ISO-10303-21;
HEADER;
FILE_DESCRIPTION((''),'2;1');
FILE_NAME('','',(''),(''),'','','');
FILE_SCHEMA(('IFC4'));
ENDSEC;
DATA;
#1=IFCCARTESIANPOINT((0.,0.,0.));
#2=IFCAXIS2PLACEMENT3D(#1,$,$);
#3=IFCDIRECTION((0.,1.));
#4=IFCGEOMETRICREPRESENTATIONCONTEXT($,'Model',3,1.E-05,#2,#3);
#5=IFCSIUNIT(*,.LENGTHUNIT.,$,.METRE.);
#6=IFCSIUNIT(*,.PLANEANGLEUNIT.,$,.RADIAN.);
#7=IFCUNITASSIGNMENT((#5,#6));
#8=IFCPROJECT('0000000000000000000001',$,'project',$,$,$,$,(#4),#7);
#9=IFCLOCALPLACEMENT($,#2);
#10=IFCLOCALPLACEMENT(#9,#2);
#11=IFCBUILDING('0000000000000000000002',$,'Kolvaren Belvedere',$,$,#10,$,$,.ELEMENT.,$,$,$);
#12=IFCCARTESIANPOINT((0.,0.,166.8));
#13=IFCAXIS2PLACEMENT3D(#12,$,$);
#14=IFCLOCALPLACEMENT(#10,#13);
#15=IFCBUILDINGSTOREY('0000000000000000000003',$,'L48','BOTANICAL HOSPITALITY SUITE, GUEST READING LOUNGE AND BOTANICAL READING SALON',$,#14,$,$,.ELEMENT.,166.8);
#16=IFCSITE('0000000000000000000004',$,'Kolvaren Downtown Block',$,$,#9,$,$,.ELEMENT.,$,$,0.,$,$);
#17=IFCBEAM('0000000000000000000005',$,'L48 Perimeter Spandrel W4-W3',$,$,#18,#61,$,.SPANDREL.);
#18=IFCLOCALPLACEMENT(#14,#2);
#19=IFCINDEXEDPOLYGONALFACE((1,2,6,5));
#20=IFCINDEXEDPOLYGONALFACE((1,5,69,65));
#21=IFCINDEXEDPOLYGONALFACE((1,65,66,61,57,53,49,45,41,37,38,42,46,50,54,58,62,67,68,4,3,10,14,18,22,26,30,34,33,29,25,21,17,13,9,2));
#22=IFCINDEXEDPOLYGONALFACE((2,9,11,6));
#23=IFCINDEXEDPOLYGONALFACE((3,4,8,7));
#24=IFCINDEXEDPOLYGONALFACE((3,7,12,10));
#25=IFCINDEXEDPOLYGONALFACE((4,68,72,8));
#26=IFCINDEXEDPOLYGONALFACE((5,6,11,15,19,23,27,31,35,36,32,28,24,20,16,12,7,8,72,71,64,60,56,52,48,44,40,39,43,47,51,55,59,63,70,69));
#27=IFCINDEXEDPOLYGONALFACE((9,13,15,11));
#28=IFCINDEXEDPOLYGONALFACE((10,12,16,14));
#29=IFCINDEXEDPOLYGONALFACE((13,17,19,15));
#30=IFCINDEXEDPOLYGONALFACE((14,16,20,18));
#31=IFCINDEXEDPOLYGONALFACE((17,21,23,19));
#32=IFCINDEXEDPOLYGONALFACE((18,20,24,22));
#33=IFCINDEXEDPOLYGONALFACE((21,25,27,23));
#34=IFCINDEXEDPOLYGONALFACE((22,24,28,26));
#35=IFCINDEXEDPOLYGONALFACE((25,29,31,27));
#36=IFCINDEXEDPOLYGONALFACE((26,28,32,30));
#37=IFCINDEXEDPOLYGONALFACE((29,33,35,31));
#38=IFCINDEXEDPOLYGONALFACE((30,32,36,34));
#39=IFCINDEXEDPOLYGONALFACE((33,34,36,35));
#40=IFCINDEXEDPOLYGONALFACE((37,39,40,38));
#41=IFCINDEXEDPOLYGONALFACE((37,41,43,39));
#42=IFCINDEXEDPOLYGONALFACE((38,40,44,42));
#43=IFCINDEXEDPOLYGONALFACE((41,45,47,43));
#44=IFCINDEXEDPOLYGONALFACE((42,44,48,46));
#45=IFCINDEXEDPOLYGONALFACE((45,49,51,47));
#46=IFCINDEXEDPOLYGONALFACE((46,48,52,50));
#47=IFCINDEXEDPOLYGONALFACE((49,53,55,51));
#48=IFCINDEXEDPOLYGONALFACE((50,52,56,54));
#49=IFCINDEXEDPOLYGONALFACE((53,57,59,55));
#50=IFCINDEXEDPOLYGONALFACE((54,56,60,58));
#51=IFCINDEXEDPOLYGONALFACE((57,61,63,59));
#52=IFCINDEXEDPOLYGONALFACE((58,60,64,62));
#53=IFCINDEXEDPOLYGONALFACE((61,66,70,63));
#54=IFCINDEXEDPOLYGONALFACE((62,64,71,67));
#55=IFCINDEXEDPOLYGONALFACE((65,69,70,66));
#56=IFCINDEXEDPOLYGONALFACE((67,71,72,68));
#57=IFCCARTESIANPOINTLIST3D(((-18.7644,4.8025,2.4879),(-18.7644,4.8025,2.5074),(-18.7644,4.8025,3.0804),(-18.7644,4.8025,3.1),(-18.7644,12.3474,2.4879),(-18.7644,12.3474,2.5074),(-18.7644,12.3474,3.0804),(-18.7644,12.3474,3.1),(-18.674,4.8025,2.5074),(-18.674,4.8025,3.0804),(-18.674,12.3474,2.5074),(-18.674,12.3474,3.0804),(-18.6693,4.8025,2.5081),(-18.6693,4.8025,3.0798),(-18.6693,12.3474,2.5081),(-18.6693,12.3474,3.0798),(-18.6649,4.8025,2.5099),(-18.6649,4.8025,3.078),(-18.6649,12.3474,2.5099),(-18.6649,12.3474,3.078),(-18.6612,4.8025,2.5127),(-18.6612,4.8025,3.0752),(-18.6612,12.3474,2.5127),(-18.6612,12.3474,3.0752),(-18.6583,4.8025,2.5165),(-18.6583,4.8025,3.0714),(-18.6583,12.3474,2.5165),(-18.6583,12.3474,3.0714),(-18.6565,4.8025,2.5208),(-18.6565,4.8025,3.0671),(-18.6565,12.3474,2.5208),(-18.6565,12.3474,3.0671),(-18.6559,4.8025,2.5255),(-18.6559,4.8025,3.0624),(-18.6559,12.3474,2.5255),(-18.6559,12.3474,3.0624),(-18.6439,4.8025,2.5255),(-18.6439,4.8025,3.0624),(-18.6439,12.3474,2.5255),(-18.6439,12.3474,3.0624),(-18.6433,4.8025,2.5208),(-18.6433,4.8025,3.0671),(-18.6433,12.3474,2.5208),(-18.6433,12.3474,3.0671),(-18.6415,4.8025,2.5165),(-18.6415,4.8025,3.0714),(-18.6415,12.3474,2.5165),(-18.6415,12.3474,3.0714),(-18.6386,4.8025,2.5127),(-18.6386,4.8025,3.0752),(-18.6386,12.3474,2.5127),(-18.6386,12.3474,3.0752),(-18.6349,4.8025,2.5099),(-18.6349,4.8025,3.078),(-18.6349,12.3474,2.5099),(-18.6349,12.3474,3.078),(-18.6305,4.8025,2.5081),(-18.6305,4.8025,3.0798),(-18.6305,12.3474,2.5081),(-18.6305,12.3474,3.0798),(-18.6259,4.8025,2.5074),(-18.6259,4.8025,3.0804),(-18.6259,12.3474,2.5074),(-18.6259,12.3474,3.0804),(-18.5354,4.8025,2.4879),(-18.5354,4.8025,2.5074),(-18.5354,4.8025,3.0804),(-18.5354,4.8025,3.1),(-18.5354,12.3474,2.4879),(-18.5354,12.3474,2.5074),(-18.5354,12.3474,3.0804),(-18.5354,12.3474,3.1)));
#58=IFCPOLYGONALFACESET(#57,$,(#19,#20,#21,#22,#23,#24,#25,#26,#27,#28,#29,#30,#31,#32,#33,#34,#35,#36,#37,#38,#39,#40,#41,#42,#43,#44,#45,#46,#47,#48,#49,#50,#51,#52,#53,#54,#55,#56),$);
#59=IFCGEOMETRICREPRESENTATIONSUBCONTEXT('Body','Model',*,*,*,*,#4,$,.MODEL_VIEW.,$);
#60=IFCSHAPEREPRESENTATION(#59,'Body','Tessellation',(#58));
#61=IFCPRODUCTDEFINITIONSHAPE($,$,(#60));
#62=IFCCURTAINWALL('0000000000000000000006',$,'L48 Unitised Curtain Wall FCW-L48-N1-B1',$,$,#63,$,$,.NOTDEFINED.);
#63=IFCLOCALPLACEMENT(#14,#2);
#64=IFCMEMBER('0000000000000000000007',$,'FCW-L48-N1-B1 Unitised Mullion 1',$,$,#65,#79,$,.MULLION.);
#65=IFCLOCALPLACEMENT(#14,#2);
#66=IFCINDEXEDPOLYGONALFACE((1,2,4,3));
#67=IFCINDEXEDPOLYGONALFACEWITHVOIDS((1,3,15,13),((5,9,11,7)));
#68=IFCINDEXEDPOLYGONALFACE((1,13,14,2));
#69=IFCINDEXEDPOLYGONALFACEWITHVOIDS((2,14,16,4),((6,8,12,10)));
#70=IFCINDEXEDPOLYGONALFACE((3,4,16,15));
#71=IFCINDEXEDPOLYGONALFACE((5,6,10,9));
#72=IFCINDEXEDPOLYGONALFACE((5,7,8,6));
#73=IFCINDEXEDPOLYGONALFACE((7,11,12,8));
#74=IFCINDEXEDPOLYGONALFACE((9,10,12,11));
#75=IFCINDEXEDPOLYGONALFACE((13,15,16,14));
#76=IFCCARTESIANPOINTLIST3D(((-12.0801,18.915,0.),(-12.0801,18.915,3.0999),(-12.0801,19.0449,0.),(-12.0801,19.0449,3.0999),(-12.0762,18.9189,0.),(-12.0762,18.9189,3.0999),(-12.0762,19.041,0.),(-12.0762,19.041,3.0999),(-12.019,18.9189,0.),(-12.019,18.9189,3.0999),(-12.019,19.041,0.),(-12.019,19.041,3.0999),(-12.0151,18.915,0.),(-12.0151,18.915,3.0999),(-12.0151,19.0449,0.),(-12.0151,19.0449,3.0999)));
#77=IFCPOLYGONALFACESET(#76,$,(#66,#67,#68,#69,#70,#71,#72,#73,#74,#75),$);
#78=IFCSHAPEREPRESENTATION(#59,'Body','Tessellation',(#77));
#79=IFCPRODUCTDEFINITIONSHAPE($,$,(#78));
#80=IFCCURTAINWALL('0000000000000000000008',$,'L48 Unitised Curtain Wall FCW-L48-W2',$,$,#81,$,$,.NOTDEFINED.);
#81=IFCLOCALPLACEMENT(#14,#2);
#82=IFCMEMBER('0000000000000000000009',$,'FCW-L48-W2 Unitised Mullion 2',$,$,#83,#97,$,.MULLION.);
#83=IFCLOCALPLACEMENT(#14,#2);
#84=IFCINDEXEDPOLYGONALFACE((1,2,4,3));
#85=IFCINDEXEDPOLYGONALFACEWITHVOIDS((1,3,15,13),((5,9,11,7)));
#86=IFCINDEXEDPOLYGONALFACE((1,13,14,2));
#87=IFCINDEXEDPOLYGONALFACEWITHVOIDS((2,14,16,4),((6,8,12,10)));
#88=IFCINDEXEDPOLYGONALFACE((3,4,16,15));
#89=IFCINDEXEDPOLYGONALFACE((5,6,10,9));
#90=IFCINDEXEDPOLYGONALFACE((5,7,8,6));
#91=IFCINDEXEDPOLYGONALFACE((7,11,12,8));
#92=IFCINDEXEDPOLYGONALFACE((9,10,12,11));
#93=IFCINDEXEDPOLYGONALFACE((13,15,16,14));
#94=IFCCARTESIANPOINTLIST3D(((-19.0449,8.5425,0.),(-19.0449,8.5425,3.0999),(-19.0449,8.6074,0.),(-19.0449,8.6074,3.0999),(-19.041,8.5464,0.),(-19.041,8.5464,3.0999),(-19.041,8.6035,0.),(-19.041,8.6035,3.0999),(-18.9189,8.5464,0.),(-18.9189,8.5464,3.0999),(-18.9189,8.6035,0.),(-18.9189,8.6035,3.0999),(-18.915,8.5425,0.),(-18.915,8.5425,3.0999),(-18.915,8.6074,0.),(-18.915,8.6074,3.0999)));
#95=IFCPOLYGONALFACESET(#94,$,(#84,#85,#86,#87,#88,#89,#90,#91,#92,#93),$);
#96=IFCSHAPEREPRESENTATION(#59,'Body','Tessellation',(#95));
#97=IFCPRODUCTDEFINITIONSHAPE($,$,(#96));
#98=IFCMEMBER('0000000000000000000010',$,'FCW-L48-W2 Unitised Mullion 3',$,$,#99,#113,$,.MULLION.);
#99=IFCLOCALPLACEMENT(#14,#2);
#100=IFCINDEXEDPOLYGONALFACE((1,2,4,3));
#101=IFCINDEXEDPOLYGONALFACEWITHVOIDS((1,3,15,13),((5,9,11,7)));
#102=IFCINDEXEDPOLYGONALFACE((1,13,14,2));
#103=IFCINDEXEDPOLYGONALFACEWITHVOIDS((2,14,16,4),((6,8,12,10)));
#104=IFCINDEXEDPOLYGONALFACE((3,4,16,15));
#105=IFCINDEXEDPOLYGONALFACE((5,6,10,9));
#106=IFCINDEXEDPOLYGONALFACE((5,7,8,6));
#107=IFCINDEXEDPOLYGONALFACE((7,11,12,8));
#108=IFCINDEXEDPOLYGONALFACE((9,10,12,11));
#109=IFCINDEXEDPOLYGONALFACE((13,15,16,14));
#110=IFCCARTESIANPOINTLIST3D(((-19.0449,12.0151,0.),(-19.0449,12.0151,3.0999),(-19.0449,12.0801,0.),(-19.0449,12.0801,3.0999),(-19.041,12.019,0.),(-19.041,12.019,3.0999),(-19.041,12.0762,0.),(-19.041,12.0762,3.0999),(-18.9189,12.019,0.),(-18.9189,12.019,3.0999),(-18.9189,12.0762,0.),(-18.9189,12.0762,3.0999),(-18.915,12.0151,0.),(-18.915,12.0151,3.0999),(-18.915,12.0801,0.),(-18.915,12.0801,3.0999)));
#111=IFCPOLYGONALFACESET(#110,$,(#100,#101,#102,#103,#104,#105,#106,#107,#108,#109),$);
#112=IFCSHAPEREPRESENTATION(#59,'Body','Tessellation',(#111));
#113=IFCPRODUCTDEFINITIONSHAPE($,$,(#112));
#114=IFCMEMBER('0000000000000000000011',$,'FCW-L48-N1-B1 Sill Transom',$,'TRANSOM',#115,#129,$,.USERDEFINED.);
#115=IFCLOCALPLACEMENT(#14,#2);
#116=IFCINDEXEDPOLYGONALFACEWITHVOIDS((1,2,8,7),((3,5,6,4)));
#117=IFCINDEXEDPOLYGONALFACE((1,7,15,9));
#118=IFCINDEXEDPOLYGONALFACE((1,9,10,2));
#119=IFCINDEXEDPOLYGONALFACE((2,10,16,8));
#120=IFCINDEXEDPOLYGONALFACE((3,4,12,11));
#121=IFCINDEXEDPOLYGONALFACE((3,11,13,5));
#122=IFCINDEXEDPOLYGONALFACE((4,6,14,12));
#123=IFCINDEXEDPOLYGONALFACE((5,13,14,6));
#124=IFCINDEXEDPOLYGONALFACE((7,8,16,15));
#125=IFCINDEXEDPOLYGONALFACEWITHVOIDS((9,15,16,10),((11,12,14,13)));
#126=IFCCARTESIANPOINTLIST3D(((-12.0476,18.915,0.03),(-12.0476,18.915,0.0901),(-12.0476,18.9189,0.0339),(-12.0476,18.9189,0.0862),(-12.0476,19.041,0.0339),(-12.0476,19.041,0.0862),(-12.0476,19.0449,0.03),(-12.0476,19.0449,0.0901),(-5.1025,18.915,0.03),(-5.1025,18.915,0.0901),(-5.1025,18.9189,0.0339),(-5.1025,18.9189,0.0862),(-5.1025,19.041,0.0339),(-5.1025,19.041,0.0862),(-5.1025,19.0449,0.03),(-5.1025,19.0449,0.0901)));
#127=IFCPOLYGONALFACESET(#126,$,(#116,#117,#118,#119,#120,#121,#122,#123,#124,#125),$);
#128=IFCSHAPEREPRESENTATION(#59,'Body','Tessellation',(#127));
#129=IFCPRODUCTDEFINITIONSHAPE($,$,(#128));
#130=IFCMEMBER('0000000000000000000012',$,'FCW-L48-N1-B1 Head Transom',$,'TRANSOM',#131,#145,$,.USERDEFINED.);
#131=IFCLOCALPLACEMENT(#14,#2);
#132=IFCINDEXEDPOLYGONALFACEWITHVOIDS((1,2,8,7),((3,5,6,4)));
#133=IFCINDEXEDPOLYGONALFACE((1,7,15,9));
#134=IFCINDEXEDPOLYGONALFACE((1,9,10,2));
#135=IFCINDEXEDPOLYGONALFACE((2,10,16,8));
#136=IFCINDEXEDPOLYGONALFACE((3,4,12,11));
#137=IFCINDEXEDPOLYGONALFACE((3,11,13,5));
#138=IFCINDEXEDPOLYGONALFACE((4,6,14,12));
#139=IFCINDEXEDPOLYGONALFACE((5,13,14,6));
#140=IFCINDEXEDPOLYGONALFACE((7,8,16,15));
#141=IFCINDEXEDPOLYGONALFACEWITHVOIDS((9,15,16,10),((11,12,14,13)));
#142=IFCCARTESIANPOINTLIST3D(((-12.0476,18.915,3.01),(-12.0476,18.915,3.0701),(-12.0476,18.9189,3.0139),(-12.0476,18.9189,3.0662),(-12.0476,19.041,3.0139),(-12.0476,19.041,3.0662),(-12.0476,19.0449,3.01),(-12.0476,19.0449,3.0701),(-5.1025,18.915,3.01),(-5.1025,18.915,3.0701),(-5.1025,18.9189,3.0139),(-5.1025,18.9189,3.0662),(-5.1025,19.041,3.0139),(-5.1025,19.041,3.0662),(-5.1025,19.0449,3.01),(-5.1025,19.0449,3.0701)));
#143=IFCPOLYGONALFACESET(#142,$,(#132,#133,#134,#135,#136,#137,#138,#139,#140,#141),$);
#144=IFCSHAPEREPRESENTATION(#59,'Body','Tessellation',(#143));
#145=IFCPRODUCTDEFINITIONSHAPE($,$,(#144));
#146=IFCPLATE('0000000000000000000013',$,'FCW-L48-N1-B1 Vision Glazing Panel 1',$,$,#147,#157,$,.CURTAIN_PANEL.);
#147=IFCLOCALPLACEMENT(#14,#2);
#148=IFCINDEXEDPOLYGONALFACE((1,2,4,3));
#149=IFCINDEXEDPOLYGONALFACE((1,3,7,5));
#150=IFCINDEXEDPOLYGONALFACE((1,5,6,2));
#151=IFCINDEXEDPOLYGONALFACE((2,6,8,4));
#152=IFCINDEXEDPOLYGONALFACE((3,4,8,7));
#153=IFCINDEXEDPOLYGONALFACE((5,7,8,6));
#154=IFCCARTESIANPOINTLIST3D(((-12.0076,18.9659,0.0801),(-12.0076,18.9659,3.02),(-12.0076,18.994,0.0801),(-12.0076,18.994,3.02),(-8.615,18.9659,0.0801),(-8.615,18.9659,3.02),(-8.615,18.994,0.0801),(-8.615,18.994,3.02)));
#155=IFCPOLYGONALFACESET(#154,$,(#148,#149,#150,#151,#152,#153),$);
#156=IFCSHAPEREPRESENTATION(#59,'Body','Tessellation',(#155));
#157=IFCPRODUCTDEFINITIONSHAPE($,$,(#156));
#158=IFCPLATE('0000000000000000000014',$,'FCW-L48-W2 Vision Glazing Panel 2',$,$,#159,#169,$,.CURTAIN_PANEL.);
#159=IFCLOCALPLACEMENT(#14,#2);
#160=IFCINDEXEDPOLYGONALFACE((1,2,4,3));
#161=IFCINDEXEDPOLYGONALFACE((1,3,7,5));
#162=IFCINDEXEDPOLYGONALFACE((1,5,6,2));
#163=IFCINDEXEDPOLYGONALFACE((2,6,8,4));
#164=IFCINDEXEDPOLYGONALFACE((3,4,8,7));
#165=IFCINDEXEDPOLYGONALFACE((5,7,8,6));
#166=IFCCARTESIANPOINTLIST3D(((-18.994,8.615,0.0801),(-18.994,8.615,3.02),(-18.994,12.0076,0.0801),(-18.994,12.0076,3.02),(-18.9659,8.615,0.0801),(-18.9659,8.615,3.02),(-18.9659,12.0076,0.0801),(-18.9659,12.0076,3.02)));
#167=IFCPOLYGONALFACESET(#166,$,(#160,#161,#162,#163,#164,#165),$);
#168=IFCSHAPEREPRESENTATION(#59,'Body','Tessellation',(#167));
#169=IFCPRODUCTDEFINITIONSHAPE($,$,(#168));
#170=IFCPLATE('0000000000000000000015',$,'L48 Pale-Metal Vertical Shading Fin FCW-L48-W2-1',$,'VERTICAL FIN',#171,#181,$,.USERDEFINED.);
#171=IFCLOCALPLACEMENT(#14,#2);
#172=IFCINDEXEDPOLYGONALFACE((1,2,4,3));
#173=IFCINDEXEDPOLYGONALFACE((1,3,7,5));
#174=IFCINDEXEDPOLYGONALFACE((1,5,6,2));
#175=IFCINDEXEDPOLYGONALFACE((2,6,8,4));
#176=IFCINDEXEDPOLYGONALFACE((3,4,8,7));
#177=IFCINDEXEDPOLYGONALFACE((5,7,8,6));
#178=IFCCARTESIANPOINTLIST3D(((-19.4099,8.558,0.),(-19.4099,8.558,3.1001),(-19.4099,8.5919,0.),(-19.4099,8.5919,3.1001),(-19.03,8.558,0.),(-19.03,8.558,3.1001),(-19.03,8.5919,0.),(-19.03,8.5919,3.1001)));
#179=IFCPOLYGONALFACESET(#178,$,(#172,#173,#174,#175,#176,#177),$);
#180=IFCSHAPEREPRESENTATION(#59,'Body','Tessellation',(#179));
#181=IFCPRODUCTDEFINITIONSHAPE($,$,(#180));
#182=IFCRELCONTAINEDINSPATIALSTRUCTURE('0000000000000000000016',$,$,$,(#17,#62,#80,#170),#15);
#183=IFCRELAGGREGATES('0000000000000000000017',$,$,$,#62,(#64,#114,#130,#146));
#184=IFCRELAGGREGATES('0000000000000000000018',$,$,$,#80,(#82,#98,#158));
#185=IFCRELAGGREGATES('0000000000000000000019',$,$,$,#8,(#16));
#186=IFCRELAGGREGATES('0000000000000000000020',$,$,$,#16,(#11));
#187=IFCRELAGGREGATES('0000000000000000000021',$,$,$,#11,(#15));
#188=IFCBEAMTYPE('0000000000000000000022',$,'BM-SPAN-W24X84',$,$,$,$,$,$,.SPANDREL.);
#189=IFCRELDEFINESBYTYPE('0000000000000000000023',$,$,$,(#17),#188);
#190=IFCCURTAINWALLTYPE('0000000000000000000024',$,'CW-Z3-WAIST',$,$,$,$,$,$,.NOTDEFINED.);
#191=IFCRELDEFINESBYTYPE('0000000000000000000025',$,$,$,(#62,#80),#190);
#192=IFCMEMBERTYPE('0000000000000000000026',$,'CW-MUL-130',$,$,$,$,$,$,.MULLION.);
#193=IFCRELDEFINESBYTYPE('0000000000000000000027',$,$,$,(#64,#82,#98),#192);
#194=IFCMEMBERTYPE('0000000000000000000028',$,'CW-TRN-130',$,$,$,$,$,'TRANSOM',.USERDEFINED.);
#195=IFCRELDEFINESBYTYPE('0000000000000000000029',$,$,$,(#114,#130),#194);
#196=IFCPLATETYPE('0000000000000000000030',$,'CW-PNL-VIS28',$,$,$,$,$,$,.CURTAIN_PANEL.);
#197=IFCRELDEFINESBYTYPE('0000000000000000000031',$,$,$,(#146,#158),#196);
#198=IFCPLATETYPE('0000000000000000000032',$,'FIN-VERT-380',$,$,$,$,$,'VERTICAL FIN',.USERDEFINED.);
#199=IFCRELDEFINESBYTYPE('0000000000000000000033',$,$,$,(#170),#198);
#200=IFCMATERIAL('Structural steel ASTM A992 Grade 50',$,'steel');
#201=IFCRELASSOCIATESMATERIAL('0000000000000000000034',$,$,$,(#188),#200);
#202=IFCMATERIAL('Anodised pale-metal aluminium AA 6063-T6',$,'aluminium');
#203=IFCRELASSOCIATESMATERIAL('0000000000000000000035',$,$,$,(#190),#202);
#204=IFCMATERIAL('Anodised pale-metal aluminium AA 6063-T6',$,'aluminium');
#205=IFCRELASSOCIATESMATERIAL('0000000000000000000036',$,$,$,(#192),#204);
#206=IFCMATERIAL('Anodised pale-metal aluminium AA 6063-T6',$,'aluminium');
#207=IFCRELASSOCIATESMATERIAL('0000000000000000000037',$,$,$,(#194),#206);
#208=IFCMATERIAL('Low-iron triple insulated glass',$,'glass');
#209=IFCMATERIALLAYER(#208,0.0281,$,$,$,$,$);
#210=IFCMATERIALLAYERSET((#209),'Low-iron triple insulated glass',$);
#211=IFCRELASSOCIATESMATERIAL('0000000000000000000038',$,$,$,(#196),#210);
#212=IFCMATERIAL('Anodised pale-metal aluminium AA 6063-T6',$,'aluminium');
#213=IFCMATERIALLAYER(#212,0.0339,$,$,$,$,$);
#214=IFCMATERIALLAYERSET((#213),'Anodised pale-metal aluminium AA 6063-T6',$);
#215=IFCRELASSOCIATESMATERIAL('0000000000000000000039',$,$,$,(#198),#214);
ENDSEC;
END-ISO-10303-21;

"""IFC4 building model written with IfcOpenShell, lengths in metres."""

from ifc_helpers import new_model, si_unit, direction, frame, origin, origin_2d, place, context, subcontext, project, spatial, rectangle, hollow_rectangle, i_section, extrude, material, layer, layer_set, material_profile, profile_set, type_object, element, aggregate, save


model = new_model("IFC4")

# Units and contexts
model_context = context("Model", 3, precision=1e-05, world=origin(), true_north=direction((0.0, 1.0)))
body_context = subcontext(model_context, "Body", "Model", "MODEL_VIEW")
ifc_project = project(units=[si_unit("LENGTHUNIT", "METRE"), si_unit("PLANEANGLEUNIT", "RADIAN")], contexts=[model_context])

# Site, building, storey
site_placement = place(None, origin())
site = spatial("IfcSite", under=ifc_project, at=site_placement, Name="Kolvaren Downtown Block", CompositionType="ELEMENT", RefElevation=0.0)
building_placement = place(site_placement, origin())
building = spatial("IfcBuilding", under=site, at=building_placement, Name="Kolvaren Belvedere", CompositionType="ELEMENT")
storey_placement = place(building_placement, frame((0.0, 0.0, 166.8)))
storey = spatial("IfcBuildingStorey", under=building, at=storey_placement, Name="L48", Description="BOTANICAL HOSPITALITY SUITE, GUEST READING LOUNGE AND BOTANICAL READING SALON", CompositionType="ELEMENT", Elevation=166.8)

# Beam
ifc_material_1 = material(Name="Structural steel ASTM A992 Grade 50", Category="steel")
ifc_material_profile_1 = material_profile(ifc_material_1, i_section(OverallWidth=0.229, OverallDepth=0.6121, WebThickness=0.012, FlangeThickness=0.0195, FilletRadius=0.0181, at=origin_2d()), Name="W24X84")
ifc_profile_set_1 = profile_set([ifc_material_profile_1], Name="Structural steel ASTM A992 Grade 50")
beam_type_1 = type_object("IfcBeamType", Name="BM-SPAN-W24X84", PredefinedType="SPANDREL", material=ifc_profile_set_1)
beam_1_placement = place(storey_placement, frame((-18.6499, 12.3474, 2.7939), z_axis=(0.0, -1.0, 0.0), x_axis=(1.0, 0.0, 0.0)))
element("IfcBeam", 1, at=beam_1_placement, inside=storey, type_object=beam_type_1, Name="L48 Perimeter Spandrel W4-W3", PredefinedType="SPANDREL", context=body_context, shape_type="SweptSolid", body=[
    extrude(i_section(OverallWidth=0.229, OverallDepth=0.6121, WebThickness=0.012, FlangeThickness=0.0195, FilletRadius=0.0181, at=origin_2d()), origin(), (0.0, 0.0, 1.0), 7.5449),
])

# Curtain wall, member
ifc_material_2 = material(Name="Anodised pale-metal aluminium AA 6063-T6", Category="aluminium")
curtain_wall_type = type_object("IfcCurtainWallType", Name="CW-Z3-WAIST", PredefinedType="NOTDEFINED", material=ifc_material_2)
curtain_wall_1_placement = place(storey_placement, origin())
curtain_wall_1 = element("IfcCurtainWall", 2, at=curtain_wall_1_placement, inside=storey, type_object=curtain_wall_type, Name="L48 Unitised Curtain Wall FCW-L48-N1-B1", PredefinedType="NOTDEFINED")
ifc_material_3 = material(Name="Anodised pale-metal aluminium AA 6063-T6", Category="aluminium")
ifc_material_profile_2 = material_profile(ifc_material_3, hollow_rectangle(XDim=0.0649, YDim=0.1299, WallThickness=0.0039, at=origin_2d()), Name="ALU-MUL-130X65")
ifc_profile_set_2 = profile_set([ifc_material_profile_2], Name="Anodised pale-metal aluminium AA 6063-T6")
member_type_1 = type_object("IfcMemberType", Name="CW-MUL-130", PredefinedType="MULLION", material=ifc_profile_set_2)
member_1_placement = place(storey_placement, frame((-12.0476, 18.98, 0.0), z_axis=(0.0, 0.0, 1.0), x_axis=(1.0, 0.0, 0.0)))
member_1 = element("IfcMember", 3, at=member_1_placement, type_object=member_type_1, Name="FCW-L48-N1-B1 Unitised Mullion 1", PredefinedType="MULLION", context=body_context, shape_type="SweptSolid", body=[
    extrude(hollow_rectangle(XDim=0.0649, YDim=0.1299, WallThickness=0.0039, at=origin_2d()), origin(), (0.0, 0.0, 1.0), 3.0999),
])

# Curtain wall, members
curtain_wall_2_placement = place(storey_placement, origin())
curtain_wall_2 = element("IfcCurtainWall", 4, at=curtain_wall_2_placement, inside=storey, type_object=curtain_wall_type, Name="L48 Unitised Curtain Wall FCW-L48-W2", PredefinedType="NOTDEFINED")
member_2_placement = place(storey_placement, frame((-18.98, 8.575, 0.0), z_axis=(0.0, 0.0, 1.0), x_axis=(0.0, 1.0, 0.0)))
member_2 = element("IfcMember", 5, at=member_2_placement, type_object=member_type_1, Name="FCW-L48-W2 Unitised Mullion 2", PredefinedType="MULLION", context=body_context, shape_type="SweptSolid", body=[
    extrude(hollow_rectangle(XDim=0.0649, YDim=0.1299, WallThickness=0.0039, at=origin_2d()), origin(), (0.0, 0.0, 1.0), 3.0999),
])
member_3_placement = place(storey_placement, frame((-18.98, 12.0476, 0.0), z_axis=(0.0, 0.0, 1.0), x_axis=(0.0, 1.0, 0.0)))
member_3 = element("IfcMember", 6, at=member_3_placement, type_object=member_type_1, Name="FCW-L48-W2 Unitised Mullion 3", PredefinedType="MULLION", context=body_context, shape_type="SweptSolid", body=[
    extrude(hollow_rectangle(XDim=0.0649, YDim=0.1299, WallThickness=0.0039, at=origin_2d()), origin(), (0.0, 0.0, 1.0), 3.0999),
])

# Members
ifc_material_4 = material(Name="Anodised pale-metal aluminium AA 6063-T6", Category="aluminium")
ifc_material_profile_3 = material_profile(ifc_material_4, hollow_rectangle(XDim=0.0601, YDim=0.1299, WallThickness=0.0039, at=origin_2d()), Name="ALU-TRN-130X60")
ifc_profile_set_3 = profile_set([ifc_material_profile_3], Name="Anodised pale-metal aluminium AA 6063-T6")
member_type_2 = type_object("IfcMemberType", Name="CW-TRN-130", ElementType="TRANSOM", PredefinedType="USERDEFINED", material=ifc_profile_set_3)
member_4_placement = place(storey_placement, frame((-12.0476, 18.98, 0.0601), z_axis=(1.0, 0.0, 0.0), x_axis=(0.0, 0.0, 1.0)))
member_4 = element("IfcMember", 7, at=member_4_placement, type_object=member_type_2, Name="FCW-L48-N1-B1 Sill Transom", ObjectType="TRANSOM", PredefinedType="USERDEFINED", context=body_context, shape_type="SweptSolid", body=[
    extrude(hollow_rectangle(XDim=0.0601, YDim=0.1299, WallThickness=0.0039, at=origin_2d()), origin(), (0.0, 0.0, 1.0), 6.9451),
])
member_5_placement = place(storey_placement, frame((-12.0476, 18.98, 3.04), z_axis=(1.0, 0.0, 0.0), x_axis=(0.0, 0.0, 1.0)))
member_5 = element("IfcMember", 8, at=member_5_placement, type_object=member_type_2, Name="FCW-L48-N1-B1 Head Transom", ObjectType="TRANSOM", PredefinedType="USERDEFINED", context=body_context, shape_type="SweptSolid", body=[
    extrude(hollow_rectangle(XDim=0.0601, YDim=0.1299, WallThickness=0.0039, at=origin_2d()), origin(), (0.0, 0.0, 1.0), 6.9451),
])

# Plates
ifc_material_5 = material(Name="Low-iron triple insulated glass", Category="glass")
ifc_layer_1 = layer(ifc_material_5, 0.0281)
ifc_layer_set_1 = layer_set([ifc_layer_1], Name="Low-iron triple insulated glass")
plate_type_1 = type_object("IfcPlateType", Name="CW-PNL-VIS28", PredefinedType="CURTAIN_PANEL", material=ifc_layer_set_1)
plate_1_placement = place(storey_placement, frame((-10.3113, 18.98, 0.0801), z_axis=(0.0, 0.0, 1.0), x_axis=(1.0, 0.0, 0.0)))
plate_1 = element("IfcPlate", 9, at=plate_1_placement, type_object=plate_type_1, Name="FCW-L48-N1-B1 Vision Glazing Panel 1", PredefinedType="CURTAIN_PANEL", context=body_context, shape_type="SweptSolid", body=[
    extrude(rectangle(XDim=3.3926, YDim=0.0281, at=origin_2d()), origin(), (0.0, 0.0, 1.0), 2.9399),
])
aggregate(curtain_wall_1, [member_1, member_4, member_5, plate_1])
plate_2_placement = place(storey_placement, frame((-18.98, 10.3113, 0.0801), z_axis=(0.0, 0.0, 1.0), x_axis=(0.0, 1.0, 0.0)))
plate_2 = element("IfcPlate", 10, at=plate_2_placement, type_object=plate_type_1, Name="FCW-L48-W2 Vision Glazing Panel 2", PredefinedType="CURTAIN_PANEL", context=body_context, shape_type="SweptSolid", body=[
    extrude(rectangle(XDim=3.3926, YDim=0.0281, at=origin_2d()), origin(), (0.0, 0.0, 1.0), 2.9399),
])
aggregate(curtain_wall_2, [member_2, member_3, plate_2])
ifc_material_6 = material(Name="Anodised pale-metal aluminium AA 6063-T6", Category="aluminium")
ifc_layer_2 = layer(ifc_material_6, 0.0339)
ifc_layer_set_2 = layer_set([ifc_layer_2], Name="Anodised pale-metal aluminium AA 6063-T6")
plate_type_2 = type_object("IfcPlateType", Name="FIN-VERT-380", ElementType="VERTICAL FIN", PredefinedType="USERDEFINED", material=ifc_layer_set_2)
plate_3_placement = place(storey_placement, frame((-19.22, 8.575, 0.0), z_axis=(0.0, 0.0, 1.0), x_axis=(1.0, 0.0, 0.0)))
element("IfcPlate", 11, at=plate_3_placement, inside=storey, type_object=plate_type_2, Name="L48 Pale-Metal Vertical Shading Fin FCW-L48-W2-1", ObjectType="VERTICAL FIN", PredefinedType="USERDEFINED", context=body_context, shape_type="SweptSolid", body=[
    extrude(rectangle(XDim=0.3799, YDim=0.0339, at=origin_2d()), origin(), (0.0, 0.0, 1.0), 3.1001),
])

save(model, "model.ifc")
